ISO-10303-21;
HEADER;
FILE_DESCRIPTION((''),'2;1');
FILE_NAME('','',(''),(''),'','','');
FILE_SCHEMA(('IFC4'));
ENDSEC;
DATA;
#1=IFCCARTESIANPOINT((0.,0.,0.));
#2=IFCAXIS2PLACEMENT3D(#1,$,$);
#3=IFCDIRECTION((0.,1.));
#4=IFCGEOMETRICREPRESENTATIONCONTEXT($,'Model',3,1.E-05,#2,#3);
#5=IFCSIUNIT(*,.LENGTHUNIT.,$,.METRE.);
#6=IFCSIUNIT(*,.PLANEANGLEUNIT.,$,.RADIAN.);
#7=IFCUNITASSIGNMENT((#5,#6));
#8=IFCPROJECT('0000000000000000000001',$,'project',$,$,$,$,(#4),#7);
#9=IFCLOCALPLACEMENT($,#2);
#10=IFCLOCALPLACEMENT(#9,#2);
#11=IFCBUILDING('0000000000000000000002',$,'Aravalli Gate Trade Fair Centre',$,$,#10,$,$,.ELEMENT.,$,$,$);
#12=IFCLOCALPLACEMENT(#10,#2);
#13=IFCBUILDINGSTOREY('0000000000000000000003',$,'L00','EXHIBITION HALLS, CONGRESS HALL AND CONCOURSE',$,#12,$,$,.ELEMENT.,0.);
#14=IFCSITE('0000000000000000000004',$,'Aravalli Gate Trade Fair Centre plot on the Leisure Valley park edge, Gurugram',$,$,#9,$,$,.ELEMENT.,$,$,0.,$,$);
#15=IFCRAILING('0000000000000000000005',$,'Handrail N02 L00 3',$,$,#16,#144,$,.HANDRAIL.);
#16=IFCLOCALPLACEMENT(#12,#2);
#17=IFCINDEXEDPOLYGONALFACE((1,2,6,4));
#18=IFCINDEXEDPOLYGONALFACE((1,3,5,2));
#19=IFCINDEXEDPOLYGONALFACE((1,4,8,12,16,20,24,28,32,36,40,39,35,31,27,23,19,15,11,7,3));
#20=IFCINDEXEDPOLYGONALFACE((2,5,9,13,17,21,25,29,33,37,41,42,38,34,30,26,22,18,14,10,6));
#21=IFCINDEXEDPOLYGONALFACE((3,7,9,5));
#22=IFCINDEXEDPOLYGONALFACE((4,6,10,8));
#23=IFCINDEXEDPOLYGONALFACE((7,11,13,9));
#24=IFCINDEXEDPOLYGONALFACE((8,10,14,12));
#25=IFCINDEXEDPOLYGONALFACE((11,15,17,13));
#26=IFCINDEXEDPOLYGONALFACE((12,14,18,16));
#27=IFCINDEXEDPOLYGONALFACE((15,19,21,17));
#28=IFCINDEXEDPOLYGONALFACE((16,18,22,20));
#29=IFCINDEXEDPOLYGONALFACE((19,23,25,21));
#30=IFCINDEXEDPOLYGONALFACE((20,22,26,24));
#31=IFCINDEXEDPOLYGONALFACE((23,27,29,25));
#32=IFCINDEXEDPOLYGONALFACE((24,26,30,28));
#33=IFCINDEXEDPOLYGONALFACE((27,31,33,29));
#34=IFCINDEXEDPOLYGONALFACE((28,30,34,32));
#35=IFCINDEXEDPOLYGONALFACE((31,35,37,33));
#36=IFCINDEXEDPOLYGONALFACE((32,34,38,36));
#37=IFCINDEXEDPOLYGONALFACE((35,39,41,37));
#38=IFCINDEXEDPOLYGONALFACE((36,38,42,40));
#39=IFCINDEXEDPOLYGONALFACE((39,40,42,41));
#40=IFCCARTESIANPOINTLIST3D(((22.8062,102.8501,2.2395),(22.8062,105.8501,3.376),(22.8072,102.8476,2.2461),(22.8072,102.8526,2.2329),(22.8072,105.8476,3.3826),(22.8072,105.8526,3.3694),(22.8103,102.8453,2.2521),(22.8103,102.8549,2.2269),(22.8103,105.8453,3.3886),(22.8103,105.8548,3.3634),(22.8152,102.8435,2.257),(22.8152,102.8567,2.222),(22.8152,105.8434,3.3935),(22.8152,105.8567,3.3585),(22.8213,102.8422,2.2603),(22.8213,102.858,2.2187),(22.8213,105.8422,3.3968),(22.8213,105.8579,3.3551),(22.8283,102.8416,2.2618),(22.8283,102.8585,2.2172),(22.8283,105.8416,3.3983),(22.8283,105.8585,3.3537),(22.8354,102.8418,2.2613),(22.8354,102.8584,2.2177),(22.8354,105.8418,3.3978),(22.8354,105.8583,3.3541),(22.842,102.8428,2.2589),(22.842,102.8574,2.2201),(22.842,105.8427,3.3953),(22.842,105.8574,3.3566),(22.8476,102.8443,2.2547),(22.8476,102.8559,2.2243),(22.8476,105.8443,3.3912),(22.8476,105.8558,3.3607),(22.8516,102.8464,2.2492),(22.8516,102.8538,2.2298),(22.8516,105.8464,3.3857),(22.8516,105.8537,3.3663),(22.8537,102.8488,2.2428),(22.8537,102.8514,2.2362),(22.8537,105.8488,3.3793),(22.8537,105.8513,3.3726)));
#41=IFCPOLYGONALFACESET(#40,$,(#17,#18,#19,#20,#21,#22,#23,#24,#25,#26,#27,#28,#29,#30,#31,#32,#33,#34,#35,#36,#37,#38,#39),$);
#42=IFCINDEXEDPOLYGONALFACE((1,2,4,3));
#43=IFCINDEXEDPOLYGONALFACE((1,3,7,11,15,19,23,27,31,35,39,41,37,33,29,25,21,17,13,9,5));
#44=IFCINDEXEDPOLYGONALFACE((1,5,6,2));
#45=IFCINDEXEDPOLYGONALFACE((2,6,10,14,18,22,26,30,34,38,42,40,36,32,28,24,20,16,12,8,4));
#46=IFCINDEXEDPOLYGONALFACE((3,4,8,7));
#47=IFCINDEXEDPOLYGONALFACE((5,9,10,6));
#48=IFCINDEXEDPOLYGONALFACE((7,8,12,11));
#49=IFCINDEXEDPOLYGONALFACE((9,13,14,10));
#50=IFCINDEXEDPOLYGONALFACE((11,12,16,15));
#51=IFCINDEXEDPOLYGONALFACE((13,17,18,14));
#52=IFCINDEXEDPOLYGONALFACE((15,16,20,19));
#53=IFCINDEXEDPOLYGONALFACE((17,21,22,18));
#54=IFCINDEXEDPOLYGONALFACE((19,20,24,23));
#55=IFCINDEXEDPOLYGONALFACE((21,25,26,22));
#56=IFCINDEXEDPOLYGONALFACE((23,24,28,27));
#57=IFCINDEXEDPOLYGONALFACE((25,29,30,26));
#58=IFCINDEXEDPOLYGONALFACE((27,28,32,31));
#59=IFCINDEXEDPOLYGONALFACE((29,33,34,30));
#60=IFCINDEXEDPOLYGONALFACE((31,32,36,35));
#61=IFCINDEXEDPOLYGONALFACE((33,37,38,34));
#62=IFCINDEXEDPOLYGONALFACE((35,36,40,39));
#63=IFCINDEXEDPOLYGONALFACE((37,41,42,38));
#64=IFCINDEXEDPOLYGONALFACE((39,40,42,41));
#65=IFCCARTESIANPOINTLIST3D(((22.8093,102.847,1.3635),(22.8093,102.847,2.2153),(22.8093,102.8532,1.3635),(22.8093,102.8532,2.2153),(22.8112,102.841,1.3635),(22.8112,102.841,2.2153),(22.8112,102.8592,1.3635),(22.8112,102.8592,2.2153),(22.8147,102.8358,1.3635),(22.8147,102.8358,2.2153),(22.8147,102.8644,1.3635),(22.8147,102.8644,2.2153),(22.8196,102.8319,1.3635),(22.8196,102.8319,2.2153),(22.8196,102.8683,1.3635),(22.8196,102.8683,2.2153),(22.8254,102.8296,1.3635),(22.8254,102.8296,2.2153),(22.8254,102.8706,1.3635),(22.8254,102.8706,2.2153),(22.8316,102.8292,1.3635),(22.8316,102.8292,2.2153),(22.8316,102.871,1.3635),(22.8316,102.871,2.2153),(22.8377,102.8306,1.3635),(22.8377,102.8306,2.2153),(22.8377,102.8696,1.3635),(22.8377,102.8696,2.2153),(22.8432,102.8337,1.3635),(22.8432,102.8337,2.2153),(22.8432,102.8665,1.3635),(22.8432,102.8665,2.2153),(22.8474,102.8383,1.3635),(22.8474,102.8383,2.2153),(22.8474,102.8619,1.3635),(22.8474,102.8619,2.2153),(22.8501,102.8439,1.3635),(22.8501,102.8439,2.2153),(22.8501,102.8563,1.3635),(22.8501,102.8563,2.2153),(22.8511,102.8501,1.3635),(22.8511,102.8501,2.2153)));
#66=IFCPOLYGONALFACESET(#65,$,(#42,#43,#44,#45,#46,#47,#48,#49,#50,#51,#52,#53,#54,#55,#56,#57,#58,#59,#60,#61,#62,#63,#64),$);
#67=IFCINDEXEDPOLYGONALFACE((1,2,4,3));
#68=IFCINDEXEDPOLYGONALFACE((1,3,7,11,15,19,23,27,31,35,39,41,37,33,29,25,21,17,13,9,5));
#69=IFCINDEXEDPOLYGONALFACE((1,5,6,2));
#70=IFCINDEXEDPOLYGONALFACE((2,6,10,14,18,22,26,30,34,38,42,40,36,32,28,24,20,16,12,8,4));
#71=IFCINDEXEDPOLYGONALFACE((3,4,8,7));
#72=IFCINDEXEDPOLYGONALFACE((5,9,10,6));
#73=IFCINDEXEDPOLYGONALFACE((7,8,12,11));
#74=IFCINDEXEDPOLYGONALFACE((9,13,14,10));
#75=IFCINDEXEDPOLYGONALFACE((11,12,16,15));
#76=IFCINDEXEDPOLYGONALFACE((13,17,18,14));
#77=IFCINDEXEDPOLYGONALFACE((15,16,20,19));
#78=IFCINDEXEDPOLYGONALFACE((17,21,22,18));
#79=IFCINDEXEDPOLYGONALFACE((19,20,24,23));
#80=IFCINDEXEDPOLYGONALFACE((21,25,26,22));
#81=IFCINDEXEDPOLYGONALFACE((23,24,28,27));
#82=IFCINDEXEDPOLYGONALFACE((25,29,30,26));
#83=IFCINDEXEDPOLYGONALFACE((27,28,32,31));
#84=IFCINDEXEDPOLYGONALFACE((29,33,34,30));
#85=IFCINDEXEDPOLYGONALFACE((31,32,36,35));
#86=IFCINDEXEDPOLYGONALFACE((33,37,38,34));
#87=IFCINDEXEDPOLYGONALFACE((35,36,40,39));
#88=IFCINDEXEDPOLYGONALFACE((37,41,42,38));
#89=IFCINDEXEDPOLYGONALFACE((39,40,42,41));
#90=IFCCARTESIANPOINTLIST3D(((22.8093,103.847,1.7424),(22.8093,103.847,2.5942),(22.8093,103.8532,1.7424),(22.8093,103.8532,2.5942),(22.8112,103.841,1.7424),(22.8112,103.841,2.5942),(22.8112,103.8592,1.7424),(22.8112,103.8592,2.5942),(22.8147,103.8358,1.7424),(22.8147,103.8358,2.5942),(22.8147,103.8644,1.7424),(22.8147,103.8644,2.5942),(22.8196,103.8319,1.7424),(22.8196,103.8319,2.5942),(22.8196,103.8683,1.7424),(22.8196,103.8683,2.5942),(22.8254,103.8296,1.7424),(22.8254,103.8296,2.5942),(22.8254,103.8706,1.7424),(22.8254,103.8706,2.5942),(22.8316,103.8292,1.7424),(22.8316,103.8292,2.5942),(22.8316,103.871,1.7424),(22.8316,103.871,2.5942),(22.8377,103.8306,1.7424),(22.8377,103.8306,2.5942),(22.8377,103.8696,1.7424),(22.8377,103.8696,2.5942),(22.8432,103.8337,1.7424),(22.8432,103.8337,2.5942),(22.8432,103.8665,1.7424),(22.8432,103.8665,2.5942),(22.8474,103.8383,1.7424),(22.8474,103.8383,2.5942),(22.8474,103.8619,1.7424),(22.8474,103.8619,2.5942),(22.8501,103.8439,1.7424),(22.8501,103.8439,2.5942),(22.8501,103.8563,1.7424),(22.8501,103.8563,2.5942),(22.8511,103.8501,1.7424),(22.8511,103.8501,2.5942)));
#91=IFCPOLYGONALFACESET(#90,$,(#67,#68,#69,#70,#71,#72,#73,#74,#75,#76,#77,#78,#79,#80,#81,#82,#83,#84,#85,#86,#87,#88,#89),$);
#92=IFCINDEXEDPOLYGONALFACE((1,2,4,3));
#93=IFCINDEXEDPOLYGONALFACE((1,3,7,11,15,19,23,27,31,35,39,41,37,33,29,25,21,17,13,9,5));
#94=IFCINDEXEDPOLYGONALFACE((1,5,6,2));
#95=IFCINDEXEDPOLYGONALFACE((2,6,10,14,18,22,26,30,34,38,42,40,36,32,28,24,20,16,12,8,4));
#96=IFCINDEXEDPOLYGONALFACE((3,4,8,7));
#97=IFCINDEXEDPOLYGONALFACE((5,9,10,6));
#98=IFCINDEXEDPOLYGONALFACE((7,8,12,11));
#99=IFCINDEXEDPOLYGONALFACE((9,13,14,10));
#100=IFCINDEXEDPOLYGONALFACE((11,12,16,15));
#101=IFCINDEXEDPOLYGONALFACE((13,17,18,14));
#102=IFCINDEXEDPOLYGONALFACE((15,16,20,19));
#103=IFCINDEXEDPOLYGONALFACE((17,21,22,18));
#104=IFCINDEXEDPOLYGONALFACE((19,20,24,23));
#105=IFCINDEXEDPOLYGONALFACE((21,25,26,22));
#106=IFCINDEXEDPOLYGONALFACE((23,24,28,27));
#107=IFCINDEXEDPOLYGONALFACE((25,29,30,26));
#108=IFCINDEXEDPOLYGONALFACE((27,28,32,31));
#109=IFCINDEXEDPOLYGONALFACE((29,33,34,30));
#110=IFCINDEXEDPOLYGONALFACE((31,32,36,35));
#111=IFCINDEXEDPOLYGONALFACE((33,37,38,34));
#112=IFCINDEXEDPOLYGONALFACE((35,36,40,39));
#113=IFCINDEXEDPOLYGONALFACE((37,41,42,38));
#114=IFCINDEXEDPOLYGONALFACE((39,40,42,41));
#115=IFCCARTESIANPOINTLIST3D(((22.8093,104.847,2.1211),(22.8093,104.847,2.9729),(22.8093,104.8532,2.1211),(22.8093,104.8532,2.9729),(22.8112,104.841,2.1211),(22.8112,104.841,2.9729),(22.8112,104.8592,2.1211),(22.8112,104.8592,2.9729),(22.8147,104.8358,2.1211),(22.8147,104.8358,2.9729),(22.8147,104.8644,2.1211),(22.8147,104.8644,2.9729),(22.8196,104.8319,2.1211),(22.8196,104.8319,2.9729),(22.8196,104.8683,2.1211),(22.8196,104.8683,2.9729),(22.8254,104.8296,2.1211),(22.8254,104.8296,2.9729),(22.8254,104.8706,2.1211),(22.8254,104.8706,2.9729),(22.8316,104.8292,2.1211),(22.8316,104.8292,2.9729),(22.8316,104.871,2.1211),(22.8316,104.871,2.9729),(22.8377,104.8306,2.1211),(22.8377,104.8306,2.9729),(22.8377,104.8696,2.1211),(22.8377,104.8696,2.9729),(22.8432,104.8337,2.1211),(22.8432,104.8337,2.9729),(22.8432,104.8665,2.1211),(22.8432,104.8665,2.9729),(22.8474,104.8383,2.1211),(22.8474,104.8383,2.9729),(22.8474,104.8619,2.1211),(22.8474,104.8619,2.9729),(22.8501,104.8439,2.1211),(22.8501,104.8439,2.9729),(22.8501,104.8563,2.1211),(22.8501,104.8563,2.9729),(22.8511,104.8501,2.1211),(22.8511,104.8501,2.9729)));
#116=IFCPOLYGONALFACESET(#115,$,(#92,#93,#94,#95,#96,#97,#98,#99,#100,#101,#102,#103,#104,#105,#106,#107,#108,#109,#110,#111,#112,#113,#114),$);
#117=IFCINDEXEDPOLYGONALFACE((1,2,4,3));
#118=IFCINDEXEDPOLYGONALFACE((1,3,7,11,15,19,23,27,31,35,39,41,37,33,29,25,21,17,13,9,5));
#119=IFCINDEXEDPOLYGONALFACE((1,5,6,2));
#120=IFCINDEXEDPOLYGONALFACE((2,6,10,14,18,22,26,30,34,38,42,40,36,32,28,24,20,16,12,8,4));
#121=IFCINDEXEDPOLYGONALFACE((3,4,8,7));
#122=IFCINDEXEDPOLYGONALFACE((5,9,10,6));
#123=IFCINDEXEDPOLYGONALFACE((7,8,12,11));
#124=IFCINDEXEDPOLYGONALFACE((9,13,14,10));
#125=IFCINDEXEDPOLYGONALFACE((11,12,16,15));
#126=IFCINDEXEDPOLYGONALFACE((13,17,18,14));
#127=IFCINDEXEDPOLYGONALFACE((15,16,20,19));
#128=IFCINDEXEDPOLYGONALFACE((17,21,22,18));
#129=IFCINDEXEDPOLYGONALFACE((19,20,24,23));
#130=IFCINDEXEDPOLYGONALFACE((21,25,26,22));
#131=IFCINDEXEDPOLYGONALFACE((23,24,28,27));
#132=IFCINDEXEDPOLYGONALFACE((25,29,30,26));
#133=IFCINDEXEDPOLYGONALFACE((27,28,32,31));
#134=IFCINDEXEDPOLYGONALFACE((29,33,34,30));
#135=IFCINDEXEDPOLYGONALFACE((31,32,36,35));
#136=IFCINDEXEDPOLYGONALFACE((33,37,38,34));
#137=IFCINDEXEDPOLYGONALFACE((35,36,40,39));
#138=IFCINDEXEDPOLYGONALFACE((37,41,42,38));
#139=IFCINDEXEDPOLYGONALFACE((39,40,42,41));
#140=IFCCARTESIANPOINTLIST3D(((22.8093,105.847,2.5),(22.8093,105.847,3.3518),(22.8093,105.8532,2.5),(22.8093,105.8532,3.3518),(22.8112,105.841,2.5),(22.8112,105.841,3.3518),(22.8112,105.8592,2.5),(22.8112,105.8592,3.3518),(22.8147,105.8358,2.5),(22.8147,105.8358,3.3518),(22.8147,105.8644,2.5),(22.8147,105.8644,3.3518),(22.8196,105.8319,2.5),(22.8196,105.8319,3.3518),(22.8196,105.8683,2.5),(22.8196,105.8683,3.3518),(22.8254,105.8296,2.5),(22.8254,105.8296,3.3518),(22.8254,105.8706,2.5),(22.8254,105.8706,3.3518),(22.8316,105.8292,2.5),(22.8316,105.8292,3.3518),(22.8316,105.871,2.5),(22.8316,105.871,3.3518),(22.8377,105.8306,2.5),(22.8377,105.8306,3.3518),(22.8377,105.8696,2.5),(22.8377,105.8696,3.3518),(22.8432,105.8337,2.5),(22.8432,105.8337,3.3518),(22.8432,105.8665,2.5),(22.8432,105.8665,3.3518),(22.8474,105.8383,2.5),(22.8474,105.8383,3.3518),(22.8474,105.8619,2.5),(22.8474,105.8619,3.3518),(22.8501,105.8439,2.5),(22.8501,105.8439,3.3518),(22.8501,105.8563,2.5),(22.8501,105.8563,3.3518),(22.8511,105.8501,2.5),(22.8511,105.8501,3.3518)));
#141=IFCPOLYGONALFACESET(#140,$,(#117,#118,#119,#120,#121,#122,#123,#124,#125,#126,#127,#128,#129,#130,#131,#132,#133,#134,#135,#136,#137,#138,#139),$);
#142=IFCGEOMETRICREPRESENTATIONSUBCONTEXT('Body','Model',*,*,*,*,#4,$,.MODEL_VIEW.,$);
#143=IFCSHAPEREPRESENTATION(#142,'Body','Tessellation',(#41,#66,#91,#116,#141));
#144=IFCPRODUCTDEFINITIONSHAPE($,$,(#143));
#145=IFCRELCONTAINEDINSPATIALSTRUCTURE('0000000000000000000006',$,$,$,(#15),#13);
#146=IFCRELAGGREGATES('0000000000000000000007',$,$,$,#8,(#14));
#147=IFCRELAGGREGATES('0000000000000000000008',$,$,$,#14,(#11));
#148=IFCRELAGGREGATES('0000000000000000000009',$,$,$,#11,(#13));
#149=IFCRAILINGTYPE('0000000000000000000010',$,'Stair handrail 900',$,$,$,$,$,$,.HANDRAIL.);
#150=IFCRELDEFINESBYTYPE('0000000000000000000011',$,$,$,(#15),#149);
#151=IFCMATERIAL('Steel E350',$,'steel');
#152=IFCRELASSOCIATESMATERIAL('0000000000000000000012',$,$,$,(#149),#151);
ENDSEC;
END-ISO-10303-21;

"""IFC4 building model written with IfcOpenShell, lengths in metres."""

from ifc_helpers import new_model, si_unit, direction, frame, origin, origin_2d, place, context, subcontext, project, spatial, circle, extrude, material, type_object, element, save


model = new_model("IFC4")

# Units and contexts
model_context = context("Model", 3, precision=1e-05, world=origin(), true_north=direction((0.0, 1.0)))
body_context = subcontext(model_context, "Body", "Model", "MODEL_VIEW")
ifc_project = project(units=[si_unit("LENGTHUNIT", "METRE"), si_unit("PLANEANGLEUNIT", "RADIAN")], contexts=[model_context])

# Site, building, storey
site_placement = place(None, origin())
site = spatial("IfcSite", under=ifc_project, at=site_placement, Name="Aravalli Gate Trade Fair Centre plot on the Leisure Valley park edge, Gurugram", CompositionType="ELEMENT", RefElevation=0.0)
building_placement = place(site_placement, origin())
building = spatial("IfcBuilding", under=site, at=building_placement, Name="Aravalli Gate Trade Fair Centre", CompositionType="ELEMENT")
storey_placement = place(building_placement, origin())
storey = spatial("IfcBuildingStorey", under=building, at=storey_placement, Name="L00", Description="EXHIBITION HALLS, CONGRESS HALL AND CONCOURSE", CompositionType="ELEMENT", Elevation=0.0)

# Railing
ifc_material_1 = material(Name="Steel E350", Category="steel")
railing_type = type_object("IfcRailingType", Name="Stair handrail 900", PredefinedType="HANDRAIL", material=ifc_material_1)
for number, where, name in (
    (1, (22.8301, 102.8501, 1.3635), "Handrail N02 L00 3"),
):
    element("IfcRailing", number, at=place(storey_placement, frame(where)), inside=storey, type_object=railing_type, Name=name, PredefinedType="HANDRAIL", context=body_context, shape_type="SweptSolid", body=[
        extrude(circle(Radius=0.0239, at=origin_2d()), frame((0.0, 0.0, 0.876), z_axis=(0.0, 0.935148, 0.354257), x_axis=(-1.0, 0.0, 0.0)), (0.0, 0.0, 1.0), 3.208),
        extrude(circle(Radius=0.021, at=origin_2d()), origin(), (0.0, 0.0, 1.0), 0.8518),
        extrude(circle(Radius=0.021, at=origin_2d()), frame((0.0, 1.0, 0.3789)), (0.0, 0.0, 1.0), 0.8518),
        extrude(circle(Radius=0.021, at=origin_2d()), frame((0.0, 2.0, 0.7576)), (0.0, 0.0, 1.0), 0.8518),
        extrude(circle(Radius=0.021, at=origin_2d()), frame((0.0, 3.0, 1.1365)), (0.0, 0.0, 1.0), 0.8518),
    ])

save(model, "model.ifc")
